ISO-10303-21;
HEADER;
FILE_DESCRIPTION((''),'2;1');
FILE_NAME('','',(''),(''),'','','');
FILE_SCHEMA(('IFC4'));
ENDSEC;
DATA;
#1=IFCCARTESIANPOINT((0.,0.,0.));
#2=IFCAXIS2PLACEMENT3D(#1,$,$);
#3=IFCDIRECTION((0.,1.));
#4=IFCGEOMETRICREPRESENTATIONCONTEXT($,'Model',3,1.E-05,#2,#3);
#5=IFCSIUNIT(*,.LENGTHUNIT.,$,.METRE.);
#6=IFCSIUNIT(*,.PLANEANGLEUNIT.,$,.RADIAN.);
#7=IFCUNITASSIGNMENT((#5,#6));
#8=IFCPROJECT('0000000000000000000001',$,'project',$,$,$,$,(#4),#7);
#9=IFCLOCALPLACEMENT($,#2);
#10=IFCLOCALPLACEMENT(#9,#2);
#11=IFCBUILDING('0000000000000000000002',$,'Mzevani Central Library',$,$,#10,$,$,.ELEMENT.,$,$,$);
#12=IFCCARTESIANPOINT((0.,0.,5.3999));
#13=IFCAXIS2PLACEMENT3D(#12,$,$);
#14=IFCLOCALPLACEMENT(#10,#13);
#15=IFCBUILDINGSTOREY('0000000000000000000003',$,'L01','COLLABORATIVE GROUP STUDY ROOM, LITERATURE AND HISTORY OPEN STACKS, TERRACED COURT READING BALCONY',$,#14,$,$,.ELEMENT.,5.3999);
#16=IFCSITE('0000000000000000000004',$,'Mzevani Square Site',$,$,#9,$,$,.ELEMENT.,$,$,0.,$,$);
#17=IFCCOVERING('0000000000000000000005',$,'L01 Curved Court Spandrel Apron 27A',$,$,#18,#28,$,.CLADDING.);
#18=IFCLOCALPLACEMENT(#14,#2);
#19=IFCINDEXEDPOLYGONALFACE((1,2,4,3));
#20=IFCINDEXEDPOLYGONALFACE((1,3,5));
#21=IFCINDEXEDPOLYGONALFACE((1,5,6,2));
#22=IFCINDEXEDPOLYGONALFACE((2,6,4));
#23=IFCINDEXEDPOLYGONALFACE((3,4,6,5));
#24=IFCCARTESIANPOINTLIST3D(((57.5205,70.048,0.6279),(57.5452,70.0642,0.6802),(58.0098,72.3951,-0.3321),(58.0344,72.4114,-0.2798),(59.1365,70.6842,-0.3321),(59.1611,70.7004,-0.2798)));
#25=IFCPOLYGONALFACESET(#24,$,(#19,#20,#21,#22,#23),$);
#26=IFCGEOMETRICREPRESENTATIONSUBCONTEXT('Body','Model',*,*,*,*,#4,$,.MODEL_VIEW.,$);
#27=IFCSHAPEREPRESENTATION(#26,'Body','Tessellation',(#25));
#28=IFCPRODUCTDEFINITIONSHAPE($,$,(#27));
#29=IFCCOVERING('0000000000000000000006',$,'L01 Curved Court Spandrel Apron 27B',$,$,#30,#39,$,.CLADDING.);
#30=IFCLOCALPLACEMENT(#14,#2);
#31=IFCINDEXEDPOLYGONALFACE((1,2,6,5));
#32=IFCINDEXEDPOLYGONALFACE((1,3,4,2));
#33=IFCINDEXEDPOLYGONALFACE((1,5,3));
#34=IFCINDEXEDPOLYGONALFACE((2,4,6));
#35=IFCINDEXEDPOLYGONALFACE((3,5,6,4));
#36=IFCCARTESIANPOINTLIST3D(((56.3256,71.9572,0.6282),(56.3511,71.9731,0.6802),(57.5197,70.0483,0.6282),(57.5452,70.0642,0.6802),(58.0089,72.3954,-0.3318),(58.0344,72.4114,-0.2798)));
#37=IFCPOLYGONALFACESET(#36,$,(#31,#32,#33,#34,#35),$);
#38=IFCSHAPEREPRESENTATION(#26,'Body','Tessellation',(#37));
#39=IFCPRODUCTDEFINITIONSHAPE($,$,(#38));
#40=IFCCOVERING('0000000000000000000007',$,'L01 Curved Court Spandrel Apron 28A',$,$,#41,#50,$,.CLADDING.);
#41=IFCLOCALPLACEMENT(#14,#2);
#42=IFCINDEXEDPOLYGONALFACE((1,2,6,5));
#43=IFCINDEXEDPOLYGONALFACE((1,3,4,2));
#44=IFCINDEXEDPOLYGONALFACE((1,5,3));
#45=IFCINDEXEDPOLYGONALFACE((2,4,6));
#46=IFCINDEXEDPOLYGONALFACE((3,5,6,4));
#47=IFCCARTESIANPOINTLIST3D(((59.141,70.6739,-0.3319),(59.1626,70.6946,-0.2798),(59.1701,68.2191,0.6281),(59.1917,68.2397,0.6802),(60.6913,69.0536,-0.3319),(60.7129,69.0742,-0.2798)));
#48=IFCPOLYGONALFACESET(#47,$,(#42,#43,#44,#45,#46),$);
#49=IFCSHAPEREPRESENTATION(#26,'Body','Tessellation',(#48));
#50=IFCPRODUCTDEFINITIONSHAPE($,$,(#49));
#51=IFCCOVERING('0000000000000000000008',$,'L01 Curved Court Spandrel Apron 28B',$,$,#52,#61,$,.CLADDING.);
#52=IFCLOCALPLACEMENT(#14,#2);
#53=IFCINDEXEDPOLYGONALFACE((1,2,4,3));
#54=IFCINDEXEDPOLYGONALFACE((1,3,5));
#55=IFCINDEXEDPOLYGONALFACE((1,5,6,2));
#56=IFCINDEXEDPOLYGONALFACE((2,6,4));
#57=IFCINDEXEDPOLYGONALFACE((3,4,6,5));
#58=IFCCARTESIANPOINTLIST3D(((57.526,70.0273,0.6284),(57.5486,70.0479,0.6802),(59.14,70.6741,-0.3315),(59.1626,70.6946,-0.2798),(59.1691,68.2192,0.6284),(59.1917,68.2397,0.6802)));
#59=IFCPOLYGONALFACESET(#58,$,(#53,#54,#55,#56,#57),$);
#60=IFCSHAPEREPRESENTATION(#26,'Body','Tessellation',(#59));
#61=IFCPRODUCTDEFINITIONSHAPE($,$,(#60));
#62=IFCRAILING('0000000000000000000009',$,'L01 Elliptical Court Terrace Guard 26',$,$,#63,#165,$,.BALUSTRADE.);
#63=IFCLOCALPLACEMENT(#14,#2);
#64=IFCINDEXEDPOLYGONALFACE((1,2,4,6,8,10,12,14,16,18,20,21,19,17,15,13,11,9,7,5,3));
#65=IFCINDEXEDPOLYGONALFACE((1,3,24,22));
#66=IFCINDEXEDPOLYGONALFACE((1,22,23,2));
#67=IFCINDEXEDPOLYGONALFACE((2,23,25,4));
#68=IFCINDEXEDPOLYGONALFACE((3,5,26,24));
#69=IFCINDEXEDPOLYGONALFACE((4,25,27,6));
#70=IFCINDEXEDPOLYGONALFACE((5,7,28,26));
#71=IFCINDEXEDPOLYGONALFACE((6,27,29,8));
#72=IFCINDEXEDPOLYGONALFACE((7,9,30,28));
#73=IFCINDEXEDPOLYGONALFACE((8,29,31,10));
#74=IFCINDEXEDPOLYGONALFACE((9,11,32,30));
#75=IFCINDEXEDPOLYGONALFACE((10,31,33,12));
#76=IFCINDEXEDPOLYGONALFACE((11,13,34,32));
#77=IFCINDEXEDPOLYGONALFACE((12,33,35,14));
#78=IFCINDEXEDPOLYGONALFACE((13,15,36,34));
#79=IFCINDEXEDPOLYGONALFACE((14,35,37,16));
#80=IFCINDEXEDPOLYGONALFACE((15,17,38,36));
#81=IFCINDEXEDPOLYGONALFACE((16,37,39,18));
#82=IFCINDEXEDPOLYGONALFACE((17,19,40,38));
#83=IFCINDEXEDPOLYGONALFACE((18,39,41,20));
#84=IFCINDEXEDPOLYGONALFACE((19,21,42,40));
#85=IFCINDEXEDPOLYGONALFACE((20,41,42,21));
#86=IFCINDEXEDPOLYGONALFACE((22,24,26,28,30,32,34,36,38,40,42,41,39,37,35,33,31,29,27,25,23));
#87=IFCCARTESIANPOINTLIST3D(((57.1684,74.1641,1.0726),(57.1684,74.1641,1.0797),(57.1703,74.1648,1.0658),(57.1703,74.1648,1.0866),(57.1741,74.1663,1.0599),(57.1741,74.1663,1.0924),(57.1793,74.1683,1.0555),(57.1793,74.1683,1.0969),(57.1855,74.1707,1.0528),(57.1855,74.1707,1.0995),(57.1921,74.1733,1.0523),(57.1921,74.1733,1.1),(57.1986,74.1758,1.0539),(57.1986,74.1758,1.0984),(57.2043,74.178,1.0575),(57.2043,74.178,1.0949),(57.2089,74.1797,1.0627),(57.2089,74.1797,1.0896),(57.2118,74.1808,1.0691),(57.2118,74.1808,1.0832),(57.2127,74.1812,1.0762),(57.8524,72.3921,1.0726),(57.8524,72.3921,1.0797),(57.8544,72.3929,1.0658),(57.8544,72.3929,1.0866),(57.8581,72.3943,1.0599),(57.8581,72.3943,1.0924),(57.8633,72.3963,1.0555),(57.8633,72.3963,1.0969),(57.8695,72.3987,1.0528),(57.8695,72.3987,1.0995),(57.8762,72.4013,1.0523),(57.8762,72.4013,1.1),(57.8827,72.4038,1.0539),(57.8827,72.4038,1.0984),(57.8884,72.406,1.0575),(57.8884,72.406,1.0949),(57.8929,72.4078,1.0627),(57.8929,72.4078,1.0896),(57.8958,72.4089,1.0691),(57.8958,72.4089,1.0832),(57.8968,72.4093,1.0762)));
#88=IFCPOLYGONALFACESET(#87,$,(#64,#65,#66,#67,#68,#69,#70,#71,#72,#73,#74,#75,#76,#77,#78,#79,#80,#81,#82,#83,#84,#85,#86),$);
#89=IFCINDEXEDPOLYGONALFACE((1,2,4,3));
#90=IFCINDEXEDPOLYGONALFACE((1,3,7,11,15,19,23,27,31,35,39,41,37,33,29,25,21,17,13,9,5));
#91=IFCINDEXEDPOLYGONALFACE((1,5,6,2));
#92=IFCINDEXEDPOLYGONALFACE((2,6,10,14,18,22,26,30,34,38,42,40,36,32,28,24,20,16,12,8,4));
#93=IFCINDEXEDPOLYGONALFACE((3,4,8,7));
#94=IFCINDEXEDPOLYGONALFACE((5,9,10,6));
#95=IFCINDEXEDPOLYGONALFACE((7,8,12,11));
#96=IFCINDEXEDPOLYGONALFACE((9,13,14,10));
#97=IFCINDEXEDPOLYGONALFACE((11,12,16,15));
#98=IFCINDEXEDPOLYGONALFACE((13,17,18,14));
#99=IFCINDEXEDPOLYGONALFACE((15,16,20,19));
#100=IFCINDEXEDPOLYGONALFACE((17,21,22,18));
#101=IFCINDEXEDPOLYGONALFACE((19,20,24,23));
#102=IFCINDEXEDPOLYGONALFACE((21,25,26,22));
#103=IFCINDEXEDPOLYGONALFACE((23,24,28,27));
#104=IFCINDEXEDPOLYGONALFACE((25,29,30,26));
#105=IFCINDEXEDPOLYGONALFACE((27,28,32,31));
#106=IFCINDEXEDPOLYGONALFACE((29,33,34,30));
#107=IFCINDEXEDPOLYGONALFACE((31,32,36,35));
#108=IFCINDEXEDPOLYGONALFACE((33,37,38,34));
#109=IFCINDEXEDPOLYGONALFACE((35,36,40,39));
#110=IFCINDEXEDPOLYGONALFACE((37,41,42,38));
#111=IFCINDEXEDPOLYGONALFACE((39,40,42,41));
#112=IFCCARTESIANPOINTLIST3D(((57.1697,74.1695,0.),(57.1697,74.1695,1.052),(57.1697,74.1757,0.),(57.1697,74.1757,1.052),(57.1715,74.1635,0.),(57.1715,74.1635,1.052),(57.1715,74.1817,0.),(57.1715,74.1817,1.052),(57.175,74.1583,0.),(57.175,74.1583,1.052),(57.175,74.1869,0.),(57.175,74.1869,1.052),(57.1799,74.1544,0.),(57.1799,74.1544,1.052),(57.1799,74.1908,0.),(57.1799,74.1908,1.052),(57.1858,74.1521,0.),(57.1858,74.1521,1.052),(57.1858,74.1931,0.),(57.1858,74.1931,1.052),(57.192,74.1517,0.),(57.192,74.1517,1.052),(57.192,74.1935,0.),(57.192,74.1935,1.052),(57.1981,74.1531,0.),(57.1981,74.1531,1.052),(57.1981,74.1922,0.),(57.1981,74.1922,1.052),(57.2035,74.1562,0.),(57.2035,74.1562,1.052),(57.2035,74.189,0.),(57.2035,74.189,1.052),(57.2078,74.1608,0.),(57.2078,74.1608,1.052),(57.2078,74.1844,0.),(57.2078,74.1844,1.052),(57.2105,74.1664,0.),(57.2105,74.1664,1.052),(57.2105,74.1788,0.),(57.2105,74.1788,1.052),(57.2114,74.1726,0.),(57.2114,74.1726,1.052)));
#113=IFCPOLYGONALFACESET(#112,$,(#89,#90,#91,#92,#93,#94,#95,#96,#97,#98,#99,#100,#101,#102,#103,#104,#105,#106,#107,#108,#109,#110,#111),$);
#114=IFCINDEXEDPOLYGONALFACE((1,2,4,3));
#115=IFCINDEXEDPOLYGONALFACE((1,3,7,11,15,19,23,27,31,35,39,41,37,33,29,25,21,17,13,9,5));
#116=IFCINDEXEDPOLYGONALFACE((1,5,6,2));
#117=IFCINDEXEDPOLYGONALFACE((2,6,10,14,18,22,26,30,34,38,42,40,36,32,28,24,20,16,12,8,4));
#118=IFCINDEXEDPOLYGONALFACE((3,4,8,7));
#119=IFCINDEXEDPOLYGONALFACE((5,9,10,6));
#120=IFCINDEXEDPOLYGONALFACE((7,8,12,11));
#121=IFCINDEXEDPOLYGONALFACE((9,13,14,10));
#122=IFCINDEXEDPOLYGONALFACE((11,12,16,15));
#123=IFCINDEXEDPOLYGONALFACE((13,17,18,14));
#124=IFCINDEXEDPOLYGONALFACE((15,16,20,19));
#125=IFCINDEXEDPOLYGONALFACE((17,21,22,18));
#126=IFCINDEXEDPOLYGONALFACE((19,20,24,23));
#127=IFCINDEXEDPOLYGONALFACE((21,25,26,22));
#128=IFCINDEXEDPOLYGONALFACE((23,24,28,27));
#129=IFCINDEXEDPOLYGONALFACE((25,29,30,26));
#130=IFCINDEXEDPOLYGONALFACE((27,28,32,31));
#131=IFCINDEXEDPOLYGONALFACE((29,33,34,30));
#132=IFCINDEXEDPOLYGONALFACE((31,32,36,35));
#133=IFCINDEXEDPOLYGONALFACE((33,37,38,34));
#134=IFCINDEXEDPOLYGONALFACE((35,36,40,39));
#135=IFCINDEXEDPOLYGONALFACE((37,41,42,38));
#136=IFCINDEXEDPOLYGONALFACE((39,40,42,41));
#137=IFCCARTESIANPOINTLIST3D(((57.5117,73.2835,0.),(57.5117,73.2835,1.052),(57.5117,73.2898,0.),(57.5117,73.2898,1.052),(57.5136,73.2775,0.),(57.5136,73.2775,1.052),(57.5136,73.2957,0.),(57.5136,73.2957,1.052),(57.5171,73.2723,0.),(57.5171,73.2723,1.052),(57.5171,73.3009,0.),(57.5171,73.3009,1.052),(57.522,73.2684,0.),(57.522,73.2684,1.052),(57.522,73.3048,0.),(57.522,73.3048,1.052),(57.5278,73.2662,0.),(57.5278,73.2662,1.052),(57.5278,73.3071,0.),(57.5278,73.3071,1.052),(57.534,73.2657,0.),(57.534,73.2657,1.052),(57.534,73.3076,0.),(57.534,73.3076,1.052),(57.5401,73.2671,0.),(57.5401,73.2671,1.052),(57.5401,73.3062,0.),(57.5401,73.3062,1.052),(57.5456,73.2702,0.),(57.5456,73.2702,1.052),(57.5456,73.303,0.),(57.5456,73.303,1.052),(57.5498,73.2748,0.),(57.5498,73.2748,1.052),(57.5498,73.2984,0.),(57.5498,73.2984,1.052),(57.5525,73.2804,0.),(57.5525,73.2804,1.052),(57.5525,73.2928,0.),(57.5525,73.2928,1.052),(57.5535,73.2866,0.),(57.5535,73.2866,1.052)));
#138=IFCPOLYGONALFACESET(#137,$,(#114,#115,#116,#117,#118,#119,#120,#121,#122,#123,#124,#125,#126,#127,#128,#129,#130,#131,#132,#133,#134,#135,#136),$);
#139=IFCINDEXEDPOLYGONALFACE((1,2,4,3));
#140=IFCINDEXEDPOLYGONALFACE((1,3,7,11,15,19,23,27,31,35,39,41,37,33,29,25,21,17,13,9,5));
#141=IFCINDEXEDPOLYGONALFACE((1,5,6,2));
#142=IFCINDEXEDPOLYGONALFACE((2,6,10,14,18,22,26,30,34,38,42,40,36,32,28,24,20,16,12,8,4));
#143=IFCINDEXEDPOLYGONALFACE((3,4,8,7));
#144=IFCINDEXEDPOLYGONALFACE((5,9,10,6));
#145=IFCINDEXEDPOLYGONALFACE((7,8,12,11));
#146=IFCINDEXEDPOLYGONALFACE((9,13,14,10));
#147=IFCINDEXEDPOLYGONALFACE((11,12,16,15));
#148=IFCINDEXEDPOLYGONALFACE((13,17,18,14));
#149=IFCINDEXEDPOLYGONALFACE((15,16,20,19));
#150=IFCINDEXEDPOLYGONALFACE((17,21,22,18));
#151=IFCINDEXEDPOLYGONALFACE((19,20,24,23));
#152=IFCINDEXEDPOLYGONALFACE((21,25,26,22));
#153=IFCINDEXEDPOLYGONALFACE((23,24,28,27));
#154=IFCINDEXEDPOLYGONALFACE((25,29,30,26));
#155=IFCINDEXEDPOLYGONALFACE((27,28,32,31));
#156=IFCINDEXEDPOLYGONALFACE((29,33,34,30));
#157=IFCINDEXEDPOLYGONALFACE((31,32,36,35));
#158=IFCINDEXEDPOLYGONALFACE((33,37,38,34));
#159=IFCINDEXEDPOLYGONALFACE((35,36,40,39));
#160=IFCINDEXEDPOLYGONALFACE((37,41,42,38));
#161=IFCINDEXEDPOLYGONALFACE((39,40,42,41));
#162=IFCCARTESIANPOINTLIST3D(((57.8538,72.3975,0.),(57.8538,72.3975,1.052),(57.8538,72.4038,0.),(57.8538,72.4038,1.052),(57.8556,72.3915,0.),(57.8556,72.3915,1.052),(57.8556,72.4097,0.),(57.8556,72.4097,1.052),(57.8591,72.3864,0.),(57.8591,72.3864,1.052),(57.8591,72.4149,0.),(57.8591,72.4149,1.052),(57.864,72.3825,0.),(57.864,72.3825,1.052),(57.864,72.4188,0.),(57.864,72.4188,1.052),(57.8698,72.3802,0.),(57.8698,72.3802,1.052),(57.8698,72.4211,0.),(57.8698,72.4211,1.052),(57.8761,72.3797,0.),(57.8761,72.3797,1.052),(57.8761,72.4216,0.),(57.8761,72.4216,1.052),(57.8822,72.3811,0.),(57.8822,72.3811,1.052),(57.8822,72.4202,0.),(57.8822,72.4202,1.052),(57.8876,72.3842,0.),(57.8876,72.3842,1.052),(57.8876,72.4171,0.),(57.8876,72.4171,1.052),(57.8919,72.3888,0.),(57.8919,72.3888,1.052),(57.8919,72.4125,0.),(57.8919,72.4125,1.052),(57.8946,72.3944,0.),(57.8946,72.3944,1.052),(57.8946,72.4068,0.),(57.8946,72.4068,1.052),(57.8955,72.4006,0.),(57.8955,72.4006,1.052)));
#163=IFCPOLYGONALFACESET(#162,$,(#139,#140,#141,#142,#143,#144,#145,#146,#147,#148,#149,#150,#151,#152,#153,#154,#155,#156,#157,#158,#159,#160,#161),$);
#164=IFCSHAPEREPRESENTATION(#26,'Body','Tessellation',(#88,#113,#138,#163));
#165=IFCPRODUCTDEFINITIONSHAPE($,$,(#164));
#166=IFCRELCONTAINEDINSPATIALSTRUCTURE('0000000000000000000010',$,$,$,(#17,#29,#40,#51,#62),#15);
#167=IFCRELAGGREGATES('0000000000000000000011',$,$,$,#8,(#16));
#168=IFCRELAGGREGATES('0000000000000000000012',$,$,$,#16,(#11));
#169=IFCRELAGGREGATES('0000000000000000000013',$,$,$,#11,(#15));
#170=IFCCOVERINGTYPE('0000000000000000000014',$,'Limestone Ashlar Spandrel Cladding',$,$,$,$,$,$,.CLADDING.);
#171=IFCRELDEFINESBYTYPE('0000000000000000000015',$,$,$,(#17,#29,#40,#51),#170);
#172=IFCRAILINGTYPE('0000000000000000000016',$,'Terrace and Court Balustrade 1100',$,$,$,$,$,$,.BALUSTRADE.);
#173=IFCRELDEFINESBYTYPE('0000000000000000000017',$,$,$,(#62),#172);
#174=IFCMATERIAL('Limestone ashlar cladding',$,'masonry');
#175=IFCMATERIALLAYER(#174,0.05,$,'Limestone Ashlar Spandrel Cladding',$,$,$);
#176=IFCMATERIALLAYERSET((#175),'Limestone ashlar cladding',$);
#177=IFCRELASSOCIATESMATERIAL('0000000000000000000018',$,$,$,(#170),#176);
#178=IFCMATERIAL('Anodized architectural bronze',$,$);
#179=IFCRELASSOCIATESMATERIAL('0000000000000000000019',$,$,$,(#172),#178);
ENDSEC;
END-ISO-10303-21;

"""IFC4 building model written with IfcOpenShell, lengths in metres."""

from ifc_helpers import new_model, si_unit, direction, frame, origin, origin_2d, place, context, subcontext, project, spatial, polyline, circle, outline, extrude, material, layer, layer_set, type_object, element, save


model = new_model("IFC4")

# Units and contexts
model_context = context("Model", 3, precision=1e-05, world=origin(), true_north=direction((0.0, 1.0)))
body_context = subcontext(model_context, "Body", "Model", "MODEL_VIEW")
ifc_project = project(units=[si_unit("LENGTHUNIT", "METRE"), si_unit("PLANEANGLEUNIT", "RADIAN")], contexts=[model_context])

# Site, building, storey
site_placement = place(None, origin())
site = spatial("IfcSite", under=ifc_project, at=site_placement, Name="Mzevani Square Site", CompositionType="ELEMENT", RefElevation=0.0)
building_placement = place(site_placement, origin())
building = spatial("IfcBuilding", under=site, at=building_placement, Name="Mzevani Central Library", CompositionType="ELEMENT")
storey_placement = place(building_placement, frame((0.0, 0.0, 5.3999)))
storey = spatial("IfcBuildingStorey", under=building, at=storey_placement, Name="L01", Description="COLLABORATIVE GROUP STUDY ROOM, LITERATURE AND HISTORY OPEN STACKS, TERRACED COURT READING BALCONY", CompositionType="ELEMENT", Elevation=5.3999)

# Coverings
ifc_material_1 = material(Name="Limestone ashlar cladding", Category="masonry")
ifc_layer_1 = layer(ifc_material_1, 0.05, Name="Limestone Ashlar Spandrel Cladding")
ifc_layer_set_1 = layer_set([ifc_layer_1], Name="Limestone ashlar cladding")
covering_type = type_object("IfcCoveringType", Name="Limestone Ashlar Spandrel Cladding", PredefinedType="CLADDING", material=ifc_layer_set_1)
covering_1_placement = place(storey_placement, frame((58.0344, 72.4114, -0.2798), z_axis=(0.410744, 0.270489, 0.870704), x_axis=(0.549989, -0.835172, 0.0)))
element("IfcCovering", 1, at=covering_1_placement, inside=storey, type_object=covering_type, Name="L01 Curved Court Spandrel Apron 27A", PredefinedType="CLADDING", context=body_context, shape_type="SweptSolid", body=[
    extrude(outline(polyline([(0.0, 0.0), (2.0486, 0.0), (1.6912, -1.9519), (0.0, 0.0)])), origin(), (0.0, 0.0, -1.0), 0.0601),
])
covering_2_placement = place(storey_placement, frame((58.0344, 72.4114, -0.2798), z_axis=(0.424503, 0.265538, 0.865613), x_axis=(-0.18944, -0.908821, 0.371696)))
element("IfcCovering", 2, at=covering_2_placement, inside=storey, type_object=covering_type, Name="L01 Curved Court Spandrel Apron 27B", PredefinedType="CLADDING", context=body_context, shape_type="SweptSolid", body=[
    extrude(outline(polyline([(0.0, 0.0), (2.5827, 0.0), (1.074, -1.6715), (0.0, 0.0)])), origin(), (0.0, 0.0, -1.0), 0.0601),
])
covering_3_placement = place(storey_placement, frame((59.1626, 70.6946, -0.2798), z_axis=(0.359112, 0.343583, 0.86775), x_axis=(0.691312, -0.722557, 0.0)))
element("IfcCovering", 3, at=covering_3_placement, inside=storey, type_object=covering_type, Name="L01 Curved Court Spandrel Apron 28A", PredefinedType="CLADDING", context=body_context, shape_type="SweptSolid", body=[
    extrude(outline(polyline([(0.0, 0.0), (2.2425, 0.0), (1.7938, -1.9315), (0.0, 0.0)])), origin(), (0.0, 0.0, -1.0), 0.0601),
])
covering_4_placement = place(storey_placement, frame((59.1626, 70.6946, -0.2798), z_axis=(0.375661, 0.341372, 0.861594), x_axis=(0.011021, -0.931267, 0.364171)))
element("IfcCovering", 4, at=covering_4_placement, inside=storey, type_object=covering_type, Name="L01 Curved Court Spandrel Apron 28B", PredefinedType="CLADDING", context=body_context, shape_type="SweptSolid", body=[
    extrude(outline(polyline([(0.0, 0.0), (2.636, 0.0), (0.9341, -1.7528), (0.0, 0.0)])), origin(), (0.0, 0.0, -1.0), 0.0601),
])

# Railing
ifc_material_2 = material(Name="Anodized architectural bronze")
railing_type = type_object("IfcRailingType", Name="Terrace and Court Balustrade 1100", PredefinedType="BALUSTRADE", material=ifc_material_2)
railing_1_placement = place(storey_placement, frame((57.1904, 74.1726, 0.0)))
element("IfcRailing", 5, at=railing_1_placement, inside=storey, type_object=railing_type, Name="L01 Elliptical Court Terrace Guard 26", PredefinedType="BALUSTRADE", context=body_context, shape_type="SweptSolid", body=[
    extrude(circle(Radius=0.0239, at=origin_2d()), frame((0.0, 0.0, 1.0762), z_axis=(0.36015, -0.932894, 0.0), x_axis=(0.932894, 0.36015, 0.0)), (0.0, 0.0, 1.0), 1.8994),
    extrude(circle(Radius=0.021, at=origin_2d()), origin(), (0.0, 0.0, 1.0), 1.052),
    extrude(circle(Radius=0.021, at=origin_2d()), frame((0.342, -0.886, 0.0)), (0.0, 0.0, 1.0), 1.052),
    extrude(circle(Radius=0.021, at=origin_2d()), frame((0.6841, -1.772, 0.0)), (0.0, 0.0, 1.0), 1.052),
])

save(model, "model.ifc")
